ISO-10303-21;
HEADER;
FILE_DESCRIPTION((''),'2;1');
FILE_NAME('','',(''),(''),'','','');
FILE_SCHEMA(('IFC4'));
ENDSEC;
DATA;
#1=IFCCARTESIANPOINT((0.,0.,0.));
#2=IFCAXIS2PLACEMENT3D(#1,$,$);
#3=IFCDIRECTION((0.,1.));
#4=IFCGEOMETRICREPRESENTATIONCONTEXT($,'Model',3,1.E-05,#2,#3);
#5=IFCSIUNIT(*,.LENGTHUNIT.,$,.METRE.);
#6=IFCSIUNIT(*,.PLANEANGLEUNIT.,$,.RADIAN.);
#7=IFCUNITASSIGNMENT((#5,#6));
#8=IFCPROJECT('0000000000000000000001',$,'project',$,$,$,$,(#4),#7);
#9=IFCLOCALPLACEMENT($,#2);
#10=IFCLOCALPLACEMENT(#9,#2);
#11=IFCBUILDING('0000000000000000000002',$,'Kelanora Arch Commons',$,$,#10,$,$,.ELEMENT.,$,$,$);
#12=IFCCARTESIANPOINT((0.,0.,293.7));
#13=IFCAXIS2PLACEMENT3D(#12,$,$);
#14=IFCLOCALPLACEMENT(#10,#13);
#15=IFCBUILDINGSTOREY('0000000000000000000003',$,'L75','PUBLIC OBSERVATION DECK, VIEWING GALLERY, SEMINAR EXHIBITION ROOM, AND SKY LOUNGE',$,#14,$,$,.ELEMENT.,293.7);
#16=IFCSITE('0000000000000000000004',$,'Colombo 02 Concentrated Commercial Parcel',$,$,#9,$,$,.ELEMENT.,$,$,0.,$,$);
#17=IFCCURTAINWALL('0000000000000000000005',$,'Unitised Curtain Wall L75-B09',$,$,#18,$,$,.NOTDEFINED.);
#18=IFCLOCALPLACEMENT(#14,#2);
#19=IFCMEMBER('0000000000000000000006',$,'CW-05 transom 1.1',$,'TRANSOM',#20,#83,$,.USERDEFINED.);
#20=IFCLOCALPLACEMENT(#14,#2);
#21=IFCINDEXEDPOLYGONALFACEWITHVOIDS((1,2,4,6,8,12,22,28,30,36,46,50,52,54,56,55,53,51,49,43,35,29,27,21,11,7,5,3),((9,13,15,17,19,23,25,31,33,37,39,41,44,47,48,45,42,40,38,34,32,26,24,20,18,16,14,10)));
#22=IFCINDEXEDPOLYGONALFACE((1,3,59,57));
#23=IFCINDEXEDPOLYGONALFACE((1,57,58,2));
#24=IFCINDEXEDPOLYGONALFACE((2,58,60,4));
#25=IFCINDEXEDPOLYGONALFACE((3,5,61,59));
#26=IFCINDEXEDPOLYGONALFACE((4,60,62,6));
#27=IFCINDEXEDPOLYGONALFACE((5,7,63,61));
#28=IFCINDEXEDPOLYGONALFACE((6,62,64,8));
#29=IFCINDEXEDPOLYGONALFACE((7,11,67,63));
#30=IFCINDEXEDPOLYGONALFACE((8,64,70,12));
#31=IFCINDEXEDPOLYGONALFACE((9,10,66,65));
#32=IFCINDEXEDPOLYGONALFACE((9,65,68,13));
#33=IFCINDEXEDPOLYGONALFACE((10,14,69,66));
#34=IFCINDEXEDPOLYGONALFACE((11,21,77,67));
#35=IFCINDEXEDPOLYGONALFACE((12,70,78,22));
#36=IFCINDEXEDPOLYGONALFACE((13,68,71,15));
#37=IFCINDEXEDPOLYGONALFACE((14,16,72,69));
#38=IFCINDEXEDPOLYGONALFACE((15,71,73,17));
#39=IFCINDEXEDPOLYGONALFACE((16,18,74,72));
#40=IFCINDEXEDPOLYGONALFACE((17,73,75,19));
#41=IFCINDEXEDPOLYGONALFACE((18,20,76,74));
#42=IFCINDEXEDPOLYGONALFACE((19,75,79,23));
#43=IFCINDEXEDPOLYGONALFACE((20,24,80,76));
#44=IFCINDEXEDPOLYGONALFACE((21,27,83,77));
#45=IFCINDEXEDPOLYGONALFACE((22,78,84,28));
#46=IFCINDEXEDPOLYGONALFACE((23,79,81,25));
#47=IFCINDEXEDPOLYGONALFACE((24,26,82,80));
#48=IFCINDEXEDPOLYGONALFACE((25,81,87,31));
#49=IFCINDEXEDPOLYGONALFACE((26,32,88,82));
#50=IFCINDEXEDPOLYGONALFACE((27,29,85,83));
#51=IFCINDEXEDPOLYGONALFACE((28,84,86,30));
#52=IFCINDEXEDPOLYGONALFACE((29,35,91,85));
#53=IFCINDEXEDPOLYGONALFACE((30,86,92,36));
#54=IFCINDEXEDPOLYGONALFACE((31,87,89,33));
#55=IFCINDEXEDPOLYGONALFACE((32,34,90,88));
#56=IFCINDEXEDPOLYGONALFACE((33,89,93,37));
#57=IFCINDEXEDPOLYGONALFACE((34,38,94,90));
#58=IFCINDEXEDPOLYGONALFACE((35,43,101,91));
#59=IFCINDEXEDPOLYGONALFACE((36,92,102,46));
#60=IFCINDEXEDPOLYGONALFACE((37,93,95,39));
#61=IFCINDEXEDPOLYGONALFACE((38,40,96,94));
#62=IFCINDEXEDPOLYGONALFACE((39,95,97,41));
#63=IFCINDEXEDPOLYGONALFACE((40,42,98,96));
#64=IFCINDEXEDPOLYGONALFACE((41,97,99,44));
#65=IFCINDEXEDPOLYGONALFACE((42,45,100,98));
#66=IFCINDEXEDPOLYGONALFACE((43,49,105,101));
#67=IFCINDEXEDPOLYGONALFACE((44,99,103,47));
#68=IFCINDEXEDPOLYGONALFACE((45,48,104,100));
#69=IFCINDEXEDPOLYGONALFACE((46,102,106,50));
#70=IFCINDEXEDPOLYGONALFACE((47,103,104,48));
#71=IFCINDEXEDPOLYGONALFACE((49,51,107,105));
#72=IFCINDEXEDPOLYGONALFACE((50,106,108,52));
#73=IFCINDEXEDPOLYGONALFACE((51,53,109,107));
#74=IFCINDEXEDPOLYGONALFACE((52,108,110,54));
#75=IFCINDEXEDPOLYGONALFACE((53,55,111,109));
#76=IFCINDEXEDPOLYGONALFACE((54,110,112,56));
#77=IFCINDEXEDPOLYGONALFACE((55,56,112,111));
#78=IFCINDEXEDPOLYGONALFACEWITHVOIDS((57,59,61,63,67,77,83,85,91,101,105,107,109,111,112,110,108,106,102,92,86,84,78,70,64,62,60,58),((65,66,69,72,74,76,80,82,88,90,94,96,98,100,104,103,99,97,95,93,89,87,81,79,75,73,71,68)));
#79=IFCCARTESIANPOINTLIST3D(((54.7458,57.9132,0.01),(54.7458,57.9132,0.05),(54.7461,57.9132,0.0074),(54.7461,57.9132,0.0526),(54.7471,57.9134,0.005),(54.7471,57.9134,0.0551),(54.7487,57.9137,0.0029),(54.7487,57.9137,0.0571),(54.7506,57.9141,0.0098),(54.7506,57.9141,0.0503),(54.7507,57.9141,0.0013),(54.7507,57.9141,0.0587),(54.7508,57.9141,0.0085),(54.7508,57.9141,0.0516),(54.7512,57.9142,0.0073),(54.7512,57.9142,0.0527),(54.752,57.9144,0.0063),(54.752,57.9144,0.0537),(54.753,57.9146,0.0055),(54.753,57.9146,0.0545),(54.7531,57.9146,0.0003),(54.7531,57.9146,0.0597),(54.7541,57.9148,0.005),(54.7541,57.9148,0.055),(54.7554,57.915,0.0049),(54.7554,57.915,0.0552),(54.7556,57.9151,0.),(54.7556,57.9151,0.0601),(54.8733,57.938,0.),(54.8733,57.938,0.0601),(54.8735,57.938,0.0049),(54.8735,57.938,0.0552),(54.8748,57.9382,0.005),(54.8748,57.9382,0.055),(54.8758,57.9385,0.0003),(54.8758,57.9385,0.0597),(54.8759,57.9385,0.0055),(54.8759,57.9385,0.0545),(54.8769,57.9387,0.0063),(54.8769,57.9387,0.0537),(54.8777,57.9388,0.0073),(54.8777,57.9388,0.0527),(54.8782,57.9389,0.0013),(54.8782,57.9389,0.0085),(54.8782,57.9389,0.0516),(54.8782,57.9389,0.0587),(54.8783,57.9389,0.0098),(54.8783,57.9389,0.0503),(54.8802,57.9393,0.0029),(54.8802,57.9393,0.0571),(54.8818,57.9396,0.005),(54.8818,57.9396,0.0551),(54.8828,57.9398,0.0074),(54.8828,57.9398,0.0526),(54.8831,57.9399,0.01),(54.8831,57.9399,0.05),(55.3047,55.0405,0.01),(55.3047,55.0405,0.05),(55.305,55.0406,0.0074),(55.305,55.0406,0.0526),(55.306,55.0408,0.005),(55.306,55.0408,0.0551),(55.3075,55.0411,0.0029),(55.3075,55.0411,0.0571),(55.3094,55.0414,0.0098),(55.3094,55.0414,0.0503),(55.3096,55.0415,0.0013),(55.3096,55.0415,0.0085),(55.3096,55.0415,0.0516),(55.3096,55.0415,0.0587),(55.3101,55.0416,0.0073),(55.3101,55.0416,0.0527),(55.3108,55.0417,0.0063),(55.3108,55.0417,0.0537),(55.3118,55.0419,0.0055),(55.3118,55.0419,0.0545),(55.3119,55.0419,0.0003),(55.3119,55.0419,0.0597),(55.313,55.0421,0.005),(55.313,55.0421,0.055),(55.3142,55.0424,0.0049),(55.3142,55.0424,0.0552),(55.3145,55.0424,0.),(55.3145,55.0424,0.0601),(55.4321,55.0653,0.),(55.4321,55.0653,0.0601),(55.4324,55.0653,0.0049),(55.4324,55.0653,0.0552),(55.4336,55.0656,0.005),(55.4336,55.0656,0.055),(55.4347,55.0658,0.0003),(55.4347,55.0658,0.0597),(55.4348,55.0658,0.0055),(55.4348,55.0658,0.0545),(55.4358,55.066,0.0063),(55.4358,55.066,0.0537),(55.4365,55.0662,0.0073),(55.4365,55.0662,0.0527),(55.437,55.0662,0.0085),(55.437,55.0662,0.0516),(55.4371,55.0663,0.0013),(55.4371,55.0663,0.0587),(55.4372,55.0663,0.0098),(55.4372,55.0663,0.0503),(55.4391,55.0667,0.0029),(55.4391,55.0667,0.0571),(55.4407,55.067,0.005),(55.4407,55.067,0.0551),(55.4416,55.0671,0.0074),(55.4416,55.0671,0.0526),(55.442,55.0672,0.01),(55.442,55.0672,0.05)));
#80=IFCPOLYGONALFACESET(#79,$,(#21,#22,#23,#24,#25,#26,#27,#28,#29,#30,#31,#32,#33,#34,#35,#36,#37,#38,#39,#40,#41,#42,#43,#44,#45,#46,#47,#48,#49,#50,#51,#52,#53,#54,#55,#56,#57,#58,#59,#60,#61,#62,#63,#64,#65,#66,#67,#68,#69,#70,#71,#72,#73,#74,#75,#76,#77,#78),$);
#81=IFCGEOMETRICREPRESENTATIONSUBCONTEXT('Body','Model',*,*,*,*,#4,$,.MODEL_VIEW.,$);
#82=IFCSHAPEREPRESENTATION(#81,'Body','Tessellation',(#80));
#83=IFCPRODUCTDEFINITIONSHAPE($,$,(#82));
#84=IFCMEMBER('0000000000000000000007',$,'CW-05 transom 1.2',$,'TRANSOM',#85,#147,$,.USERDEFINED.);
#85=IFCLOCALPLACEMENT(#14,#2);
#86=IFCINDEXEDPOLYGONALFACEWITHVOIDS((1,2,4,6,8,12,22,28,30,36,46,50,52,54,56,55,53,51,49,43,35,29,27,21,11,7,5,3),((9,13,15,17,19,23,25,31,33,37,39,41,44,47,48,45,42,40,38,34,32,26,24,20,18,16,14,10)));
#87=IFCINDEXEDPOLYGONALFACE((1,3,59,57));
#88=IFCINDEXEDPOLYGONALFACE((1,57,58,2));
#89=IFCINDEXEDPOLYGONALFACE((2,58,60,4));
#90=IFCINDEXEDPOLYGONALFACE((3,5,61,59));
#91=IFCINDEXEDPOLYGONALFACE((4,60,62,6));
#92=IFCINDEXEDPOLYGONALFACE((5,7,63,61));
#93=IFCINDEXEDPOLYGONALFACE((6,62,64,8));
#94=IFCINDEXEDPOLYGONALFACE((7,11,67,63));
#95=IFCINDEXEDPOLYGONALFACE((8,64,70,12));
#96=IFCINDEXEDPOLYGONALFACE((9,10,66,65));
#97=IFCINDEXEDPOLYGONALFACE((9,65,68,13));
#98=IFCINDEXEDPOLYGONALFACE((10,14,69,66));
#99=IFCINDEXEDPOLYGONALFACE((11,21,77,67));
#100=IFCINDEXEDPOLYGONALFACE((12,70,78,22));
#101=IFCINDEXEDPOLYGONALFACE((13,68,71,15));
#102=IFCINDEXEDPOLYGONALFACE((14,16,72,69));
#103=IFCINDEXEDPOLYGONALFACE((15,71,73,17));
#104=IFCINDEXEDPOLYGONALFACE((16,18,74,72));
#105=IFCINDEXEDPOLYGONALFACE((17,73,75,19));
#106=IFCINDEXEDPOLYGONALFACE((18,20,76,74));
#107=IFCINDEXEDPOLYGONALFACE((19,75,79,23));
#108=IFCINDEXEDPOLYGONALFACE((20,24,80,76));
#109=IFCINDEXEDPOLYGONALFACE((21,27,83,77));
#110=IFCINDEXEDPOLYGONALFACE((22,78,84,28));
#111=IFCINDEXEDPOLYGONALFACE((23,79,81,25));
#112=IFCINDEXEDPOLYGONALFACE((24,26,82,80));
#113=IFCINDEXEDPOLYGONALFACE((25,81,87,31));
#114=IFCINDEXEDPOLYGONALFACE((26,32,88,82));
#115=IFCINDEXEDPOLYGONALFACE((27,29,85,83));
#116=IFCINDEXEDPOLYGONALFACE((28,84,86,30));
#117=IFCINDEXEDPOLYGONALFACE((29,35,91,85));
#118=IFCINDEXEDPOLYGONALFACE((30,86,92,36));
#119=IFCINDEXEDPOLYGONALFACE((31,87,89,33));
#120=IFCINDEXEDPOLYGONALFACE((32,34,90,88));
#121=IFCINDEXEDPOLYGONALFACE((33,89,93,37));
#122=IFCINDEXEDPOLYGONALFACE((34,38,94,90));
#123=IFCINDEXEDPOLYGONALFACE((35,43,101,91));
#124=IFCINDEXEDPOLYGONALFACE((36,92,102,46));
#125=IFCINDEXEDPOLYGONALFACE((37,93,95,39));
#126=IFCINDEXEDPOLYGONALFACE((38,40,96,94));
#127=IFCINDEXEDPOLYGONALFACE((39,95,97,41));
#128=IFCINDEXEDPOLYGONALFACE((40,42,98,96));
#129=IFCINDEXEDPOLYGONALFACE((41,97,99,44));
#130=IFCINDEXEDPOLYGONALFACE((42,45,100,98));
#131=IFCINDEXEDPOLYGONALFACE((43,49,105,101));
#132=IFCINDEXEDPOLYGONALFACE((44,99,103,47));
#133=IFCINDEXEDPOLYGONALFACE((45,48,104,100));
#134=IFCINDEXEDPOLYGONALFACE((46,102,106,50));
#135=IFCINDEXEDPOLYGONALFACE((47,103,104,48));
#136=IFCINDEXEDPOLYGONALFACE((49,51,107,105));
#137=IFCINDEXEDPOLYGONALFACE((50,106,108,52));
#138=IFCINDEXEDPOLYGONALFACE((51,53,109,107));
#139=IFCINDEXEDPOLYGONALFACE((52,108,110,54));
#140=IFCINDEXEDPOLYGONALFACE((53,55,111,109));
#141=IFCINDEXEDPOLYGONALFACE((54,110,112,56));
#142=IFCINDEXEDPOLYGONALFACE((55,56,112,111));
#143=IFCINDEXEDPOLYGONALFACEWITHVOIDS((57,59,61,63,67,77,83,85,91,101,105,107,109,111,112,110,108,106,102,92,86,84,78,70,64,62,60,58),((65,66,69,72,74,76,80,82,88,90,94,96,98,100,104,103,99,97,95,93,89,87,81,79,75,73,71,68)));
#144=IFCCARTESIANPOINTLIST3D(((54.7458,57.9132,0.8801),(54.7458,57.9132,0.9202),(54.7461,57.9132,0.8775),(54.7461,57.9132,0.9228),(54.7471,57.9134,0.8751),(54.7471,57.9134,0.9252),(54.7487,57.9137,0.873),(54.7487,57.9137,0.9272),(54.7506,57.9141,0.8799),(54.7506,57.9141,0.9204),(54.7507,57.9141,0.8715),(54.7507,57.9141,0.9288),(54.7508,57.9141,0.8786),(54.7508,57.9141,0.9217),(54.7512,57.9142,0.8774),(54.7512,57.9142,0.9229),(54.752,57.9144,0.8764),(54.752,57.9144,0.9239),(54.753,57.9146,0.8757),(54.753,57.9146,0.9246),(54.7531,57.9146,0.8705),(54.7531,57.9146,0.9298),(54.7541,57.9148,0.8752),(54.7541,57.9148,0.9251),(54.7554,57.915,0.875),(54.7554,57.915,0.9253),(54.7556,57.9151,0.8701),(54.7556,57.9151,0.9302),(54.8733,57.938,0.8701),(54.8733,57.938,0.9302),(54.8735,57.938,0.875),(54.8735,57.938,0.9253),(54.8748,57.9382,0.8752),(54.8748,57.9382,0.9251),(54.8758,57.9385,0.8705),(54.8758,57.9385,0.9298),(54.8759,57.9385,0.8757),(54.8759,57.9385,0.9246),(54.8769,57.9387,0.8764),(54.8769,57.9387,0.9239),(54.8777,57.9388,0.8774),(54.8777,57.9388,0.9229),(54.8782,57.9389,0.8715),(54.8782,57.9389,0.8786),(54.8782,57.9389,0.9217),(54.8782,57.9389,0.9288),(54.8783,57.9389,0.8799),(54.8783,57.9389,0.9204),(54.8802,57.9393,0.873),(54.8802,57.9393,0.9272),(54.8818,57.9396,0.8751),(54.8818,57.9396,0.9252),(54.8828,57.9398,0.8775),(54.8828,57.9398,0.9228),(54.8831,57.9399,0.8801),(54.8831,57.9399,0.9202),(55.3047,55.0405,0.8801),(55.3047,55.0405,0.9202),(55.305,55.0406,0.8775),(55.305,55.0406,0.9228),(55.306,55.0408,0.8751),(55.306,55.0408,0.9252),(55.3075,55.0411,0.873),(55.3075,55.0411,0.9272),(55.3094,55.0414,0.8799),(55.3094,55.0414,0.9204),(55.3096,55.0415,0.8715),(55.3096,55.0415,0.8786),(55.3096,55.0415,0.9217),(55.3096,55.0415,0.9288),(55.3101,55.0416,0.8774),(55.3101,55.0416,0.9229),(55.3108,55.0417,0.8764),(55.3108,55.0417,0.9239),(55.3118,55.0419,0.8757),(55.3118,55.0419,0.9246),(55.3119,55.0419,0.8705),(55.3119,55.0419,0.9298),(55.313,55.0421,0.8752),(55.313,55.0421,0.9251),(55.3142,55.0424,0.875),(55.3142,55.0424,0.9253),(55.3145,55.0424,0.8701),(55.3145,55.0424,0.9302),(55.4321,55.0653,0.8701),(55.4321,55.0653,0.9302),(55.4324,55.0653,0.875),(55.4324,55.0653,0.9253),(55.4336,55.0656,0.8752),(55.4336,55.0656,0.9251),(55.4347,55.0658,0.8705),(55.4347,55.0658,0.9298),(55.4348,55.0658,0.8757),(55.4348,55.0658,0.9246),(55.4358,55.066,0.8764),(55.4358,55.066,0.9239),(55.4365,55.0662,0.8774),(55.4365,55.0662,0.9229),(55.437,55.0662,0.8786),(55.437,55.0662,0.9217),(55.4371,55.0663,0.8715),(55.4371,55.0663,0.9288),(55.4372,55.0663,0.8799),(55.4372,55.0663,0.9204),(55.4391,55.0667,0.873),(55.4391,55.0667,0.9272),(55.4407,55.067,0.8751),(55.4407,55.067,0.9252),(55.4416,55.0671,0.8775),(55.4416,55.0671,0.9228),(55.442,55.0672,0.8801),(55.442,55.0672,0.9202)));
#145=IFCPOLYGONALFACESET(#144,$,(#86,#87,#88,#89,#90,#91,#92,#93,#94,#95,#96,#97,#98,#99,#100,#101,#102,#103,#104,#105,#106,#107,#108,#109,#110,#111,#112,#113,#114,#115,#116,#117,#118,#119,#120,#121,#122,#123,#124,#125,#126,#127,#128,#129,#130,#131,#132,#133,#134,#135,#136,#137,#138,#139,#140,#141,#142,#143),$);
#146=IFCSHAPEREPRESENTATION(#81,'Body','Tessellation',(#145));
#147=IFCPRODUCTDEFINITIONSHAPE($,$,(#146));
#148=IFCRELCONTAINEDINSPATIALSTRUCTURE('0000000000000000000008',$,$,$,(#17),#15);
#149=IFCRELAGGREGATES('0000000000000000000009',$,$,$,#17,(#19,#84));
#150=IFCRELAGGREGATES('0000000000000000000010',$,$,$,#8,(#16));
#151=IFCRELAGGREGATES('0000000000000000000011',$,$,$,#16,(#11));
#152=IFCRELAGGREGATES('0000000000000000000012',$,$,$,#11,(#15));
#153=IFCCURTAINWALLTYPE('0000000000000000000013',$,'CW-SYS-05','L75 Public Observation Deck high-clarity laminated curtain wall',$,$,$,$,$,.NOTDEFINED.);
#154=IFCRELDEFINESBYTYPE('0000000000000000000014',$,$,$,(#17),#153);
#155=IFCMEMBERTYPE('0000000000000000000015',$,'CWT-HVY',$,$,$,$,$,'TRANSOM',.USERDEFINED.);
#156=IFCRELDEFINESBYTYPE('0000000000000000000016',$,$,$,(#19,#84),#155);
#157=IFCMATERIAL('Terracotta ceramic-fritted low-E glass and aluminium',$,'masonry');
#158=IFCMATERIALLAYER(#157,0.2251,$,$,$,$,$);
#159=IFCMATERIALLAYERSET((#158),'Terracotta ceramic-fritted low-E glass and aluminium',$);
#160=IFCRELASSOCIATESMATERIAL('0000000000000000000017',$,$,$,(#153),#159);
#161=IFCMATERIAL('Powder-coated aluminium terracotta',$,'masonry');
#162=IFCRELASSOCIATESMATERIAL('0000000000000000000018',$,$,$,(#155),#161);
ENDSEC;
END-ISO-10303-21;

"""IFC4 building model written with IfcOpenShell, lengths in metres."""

from ifc_helpers import new_model, si_unit, direction, frame, origin, origin_2d, place, context, subcontext, project, spatial, hollow_rectangle, extrude, material, layer, layer_set, material_profile, profile_set, type_object, element, aggregate, save


model = new_model("IFC4")

# Units and contexts
model_context = context("Model", 3, precision=1e-05, world=origin(), true_north=direction((0.0, 1.0)))
body_context = subcontext(model_context, "Body", "Model", "MODEL_VIEW")
ifc_project = project(units=[si_unit("LENGTHUNIT", "METRE"), si_unit("PLANEANGLEUNIT", "RADIAN")], contexts=[model_context])

# Site, building, storey
site_placement = place(None, origin())
site = spatial("IfcSite", under=ifc_project, at=site_placement, Name="Colombo 02 Concentrated Commercial Parcel", CompositionType="ELEMENT", RefElevation=0.0)
building_placement = place(site_placement, origin())
building = spatial("IfcBuilding", under=site, at=building_placement, Name="Kelanora Arch Commons", CompositionType="ELEMENT")
storey_placement = place(building_placement, frame((0.0, 0.0, 293.7)))
storey = spatial("IfcBuildingStorey", under=building, at=storey_placement, Name="L75", Description="PUBLIC OBSERVATION DECK, VIEWING GALLERY, SEMINAR EXHIBITION ROOM, AND SKY LOUNGE", CompositionType="ELEMENT", Elevation=293.7)

# Shared definitions
ifc_material_1 = material(Name="Terracotta ceramic-fritted low-E glass and aluminium", Category="masonry")
ifc_layer_1 = layer(ifc_material_1, 0.2251)
ifc_layer_set_1 = layer_set([ifc_layer_1], Name="Terracotta ceramic-fritted low-E glass and aluminium")
curtain_wall_type = type_object("IfcCurtainWallType", Name="CW-SYS-05", Description="L75 Public Observation Deck high-clarity laminated curtain wall", PredefinedType="NOTDEFINED", material=ifc_layer_set_1)
ifc_material_2 = material(Name="Powder-coated aluminium terracotta", Category="masonry")

# Curtain wall
curtain_wall_1_placement = place(storey_placement, origin())
curtain_wall_1 = element("IfcCurtainWall", 1, at=curtain_wall_1_placement, inside=storey, type_object=curtain_wall_type, Name="Unitised Curtain Wall L75-B09", PredefinedType="NOTDEFINED")

# Members
ifc_material_profile_1 = material_profile(ifc_material_2, hollow_rectangle(XDim=0.1399, YDim=0.0601, WallThickness=0.0049, InnerFilletRadius=0.0049, OuterFilletRadius=0.01, at=origin_2d()), Name="CWT140x60")
ifc_profile_set_1 = profile_set([ifc_material_profile_1], Name="Powder-coated aluminium terracotta")
member_type_1 = type_object("IfcMemberType", Name="CWT-HVY", ElementType="TRANSOM", PredefinedType="USERDEFINED", material=ifc_profile_set_1)
member_1_placement = place(storey_placement, frame((54.8145, 57.9265, 0.03), z_axis=(0.190963, -0.981597, 0.0), x_axis=(0.981597, 0.190963, 0.0)))
member_1 = element("IfcMember", 2, at=member_1_placement, type_object=member_type_1, Name="CW-05 transom 1.1", ObjectType="TRANSOM", PredefinedType="USERDEFINED", context=body_context, shape_type="SweptSolid", body=[
    extrude(hollow_rectangle(XDim=0.1399, YDim=0.0601, WallThickness=0.0049, InnerFilletRadius=0.0049, OuterFilletRadius=0.01, at=origin_2d()), origin(), (0.0, 0.0, 1.0), 2.9265),
])
member_2_placement = place(storey_placement, frame((54.8145, 57.9265, 0.9001), z_axis=(0.190963, -0.981597, 0.0), x_axis=(0.981597, 0.190963, 0.0)))
member_2 = element("IfcMember", 3, at=member_2_placement, type_object=member_type_1, Name="CW-05 transom 1.2", ObjectType="TRANSOM", PredefinedType="USERDEFINED", context=body_context, shape_type="SweptSolid", body=[
    extrude(hollow_rectangle(XDim=0.1399, YDim=0.0601, WallThickness=0.0049, InnerFilletRadius=0.0049, OuterFilletRadius=0.01, at=origin_2d()), origin(), (0.0, 0.0, 1.0), 2.9265),
])

aggregate(curtain_wall_1, [member_1, member_2])

save(model, "model.ifc")
